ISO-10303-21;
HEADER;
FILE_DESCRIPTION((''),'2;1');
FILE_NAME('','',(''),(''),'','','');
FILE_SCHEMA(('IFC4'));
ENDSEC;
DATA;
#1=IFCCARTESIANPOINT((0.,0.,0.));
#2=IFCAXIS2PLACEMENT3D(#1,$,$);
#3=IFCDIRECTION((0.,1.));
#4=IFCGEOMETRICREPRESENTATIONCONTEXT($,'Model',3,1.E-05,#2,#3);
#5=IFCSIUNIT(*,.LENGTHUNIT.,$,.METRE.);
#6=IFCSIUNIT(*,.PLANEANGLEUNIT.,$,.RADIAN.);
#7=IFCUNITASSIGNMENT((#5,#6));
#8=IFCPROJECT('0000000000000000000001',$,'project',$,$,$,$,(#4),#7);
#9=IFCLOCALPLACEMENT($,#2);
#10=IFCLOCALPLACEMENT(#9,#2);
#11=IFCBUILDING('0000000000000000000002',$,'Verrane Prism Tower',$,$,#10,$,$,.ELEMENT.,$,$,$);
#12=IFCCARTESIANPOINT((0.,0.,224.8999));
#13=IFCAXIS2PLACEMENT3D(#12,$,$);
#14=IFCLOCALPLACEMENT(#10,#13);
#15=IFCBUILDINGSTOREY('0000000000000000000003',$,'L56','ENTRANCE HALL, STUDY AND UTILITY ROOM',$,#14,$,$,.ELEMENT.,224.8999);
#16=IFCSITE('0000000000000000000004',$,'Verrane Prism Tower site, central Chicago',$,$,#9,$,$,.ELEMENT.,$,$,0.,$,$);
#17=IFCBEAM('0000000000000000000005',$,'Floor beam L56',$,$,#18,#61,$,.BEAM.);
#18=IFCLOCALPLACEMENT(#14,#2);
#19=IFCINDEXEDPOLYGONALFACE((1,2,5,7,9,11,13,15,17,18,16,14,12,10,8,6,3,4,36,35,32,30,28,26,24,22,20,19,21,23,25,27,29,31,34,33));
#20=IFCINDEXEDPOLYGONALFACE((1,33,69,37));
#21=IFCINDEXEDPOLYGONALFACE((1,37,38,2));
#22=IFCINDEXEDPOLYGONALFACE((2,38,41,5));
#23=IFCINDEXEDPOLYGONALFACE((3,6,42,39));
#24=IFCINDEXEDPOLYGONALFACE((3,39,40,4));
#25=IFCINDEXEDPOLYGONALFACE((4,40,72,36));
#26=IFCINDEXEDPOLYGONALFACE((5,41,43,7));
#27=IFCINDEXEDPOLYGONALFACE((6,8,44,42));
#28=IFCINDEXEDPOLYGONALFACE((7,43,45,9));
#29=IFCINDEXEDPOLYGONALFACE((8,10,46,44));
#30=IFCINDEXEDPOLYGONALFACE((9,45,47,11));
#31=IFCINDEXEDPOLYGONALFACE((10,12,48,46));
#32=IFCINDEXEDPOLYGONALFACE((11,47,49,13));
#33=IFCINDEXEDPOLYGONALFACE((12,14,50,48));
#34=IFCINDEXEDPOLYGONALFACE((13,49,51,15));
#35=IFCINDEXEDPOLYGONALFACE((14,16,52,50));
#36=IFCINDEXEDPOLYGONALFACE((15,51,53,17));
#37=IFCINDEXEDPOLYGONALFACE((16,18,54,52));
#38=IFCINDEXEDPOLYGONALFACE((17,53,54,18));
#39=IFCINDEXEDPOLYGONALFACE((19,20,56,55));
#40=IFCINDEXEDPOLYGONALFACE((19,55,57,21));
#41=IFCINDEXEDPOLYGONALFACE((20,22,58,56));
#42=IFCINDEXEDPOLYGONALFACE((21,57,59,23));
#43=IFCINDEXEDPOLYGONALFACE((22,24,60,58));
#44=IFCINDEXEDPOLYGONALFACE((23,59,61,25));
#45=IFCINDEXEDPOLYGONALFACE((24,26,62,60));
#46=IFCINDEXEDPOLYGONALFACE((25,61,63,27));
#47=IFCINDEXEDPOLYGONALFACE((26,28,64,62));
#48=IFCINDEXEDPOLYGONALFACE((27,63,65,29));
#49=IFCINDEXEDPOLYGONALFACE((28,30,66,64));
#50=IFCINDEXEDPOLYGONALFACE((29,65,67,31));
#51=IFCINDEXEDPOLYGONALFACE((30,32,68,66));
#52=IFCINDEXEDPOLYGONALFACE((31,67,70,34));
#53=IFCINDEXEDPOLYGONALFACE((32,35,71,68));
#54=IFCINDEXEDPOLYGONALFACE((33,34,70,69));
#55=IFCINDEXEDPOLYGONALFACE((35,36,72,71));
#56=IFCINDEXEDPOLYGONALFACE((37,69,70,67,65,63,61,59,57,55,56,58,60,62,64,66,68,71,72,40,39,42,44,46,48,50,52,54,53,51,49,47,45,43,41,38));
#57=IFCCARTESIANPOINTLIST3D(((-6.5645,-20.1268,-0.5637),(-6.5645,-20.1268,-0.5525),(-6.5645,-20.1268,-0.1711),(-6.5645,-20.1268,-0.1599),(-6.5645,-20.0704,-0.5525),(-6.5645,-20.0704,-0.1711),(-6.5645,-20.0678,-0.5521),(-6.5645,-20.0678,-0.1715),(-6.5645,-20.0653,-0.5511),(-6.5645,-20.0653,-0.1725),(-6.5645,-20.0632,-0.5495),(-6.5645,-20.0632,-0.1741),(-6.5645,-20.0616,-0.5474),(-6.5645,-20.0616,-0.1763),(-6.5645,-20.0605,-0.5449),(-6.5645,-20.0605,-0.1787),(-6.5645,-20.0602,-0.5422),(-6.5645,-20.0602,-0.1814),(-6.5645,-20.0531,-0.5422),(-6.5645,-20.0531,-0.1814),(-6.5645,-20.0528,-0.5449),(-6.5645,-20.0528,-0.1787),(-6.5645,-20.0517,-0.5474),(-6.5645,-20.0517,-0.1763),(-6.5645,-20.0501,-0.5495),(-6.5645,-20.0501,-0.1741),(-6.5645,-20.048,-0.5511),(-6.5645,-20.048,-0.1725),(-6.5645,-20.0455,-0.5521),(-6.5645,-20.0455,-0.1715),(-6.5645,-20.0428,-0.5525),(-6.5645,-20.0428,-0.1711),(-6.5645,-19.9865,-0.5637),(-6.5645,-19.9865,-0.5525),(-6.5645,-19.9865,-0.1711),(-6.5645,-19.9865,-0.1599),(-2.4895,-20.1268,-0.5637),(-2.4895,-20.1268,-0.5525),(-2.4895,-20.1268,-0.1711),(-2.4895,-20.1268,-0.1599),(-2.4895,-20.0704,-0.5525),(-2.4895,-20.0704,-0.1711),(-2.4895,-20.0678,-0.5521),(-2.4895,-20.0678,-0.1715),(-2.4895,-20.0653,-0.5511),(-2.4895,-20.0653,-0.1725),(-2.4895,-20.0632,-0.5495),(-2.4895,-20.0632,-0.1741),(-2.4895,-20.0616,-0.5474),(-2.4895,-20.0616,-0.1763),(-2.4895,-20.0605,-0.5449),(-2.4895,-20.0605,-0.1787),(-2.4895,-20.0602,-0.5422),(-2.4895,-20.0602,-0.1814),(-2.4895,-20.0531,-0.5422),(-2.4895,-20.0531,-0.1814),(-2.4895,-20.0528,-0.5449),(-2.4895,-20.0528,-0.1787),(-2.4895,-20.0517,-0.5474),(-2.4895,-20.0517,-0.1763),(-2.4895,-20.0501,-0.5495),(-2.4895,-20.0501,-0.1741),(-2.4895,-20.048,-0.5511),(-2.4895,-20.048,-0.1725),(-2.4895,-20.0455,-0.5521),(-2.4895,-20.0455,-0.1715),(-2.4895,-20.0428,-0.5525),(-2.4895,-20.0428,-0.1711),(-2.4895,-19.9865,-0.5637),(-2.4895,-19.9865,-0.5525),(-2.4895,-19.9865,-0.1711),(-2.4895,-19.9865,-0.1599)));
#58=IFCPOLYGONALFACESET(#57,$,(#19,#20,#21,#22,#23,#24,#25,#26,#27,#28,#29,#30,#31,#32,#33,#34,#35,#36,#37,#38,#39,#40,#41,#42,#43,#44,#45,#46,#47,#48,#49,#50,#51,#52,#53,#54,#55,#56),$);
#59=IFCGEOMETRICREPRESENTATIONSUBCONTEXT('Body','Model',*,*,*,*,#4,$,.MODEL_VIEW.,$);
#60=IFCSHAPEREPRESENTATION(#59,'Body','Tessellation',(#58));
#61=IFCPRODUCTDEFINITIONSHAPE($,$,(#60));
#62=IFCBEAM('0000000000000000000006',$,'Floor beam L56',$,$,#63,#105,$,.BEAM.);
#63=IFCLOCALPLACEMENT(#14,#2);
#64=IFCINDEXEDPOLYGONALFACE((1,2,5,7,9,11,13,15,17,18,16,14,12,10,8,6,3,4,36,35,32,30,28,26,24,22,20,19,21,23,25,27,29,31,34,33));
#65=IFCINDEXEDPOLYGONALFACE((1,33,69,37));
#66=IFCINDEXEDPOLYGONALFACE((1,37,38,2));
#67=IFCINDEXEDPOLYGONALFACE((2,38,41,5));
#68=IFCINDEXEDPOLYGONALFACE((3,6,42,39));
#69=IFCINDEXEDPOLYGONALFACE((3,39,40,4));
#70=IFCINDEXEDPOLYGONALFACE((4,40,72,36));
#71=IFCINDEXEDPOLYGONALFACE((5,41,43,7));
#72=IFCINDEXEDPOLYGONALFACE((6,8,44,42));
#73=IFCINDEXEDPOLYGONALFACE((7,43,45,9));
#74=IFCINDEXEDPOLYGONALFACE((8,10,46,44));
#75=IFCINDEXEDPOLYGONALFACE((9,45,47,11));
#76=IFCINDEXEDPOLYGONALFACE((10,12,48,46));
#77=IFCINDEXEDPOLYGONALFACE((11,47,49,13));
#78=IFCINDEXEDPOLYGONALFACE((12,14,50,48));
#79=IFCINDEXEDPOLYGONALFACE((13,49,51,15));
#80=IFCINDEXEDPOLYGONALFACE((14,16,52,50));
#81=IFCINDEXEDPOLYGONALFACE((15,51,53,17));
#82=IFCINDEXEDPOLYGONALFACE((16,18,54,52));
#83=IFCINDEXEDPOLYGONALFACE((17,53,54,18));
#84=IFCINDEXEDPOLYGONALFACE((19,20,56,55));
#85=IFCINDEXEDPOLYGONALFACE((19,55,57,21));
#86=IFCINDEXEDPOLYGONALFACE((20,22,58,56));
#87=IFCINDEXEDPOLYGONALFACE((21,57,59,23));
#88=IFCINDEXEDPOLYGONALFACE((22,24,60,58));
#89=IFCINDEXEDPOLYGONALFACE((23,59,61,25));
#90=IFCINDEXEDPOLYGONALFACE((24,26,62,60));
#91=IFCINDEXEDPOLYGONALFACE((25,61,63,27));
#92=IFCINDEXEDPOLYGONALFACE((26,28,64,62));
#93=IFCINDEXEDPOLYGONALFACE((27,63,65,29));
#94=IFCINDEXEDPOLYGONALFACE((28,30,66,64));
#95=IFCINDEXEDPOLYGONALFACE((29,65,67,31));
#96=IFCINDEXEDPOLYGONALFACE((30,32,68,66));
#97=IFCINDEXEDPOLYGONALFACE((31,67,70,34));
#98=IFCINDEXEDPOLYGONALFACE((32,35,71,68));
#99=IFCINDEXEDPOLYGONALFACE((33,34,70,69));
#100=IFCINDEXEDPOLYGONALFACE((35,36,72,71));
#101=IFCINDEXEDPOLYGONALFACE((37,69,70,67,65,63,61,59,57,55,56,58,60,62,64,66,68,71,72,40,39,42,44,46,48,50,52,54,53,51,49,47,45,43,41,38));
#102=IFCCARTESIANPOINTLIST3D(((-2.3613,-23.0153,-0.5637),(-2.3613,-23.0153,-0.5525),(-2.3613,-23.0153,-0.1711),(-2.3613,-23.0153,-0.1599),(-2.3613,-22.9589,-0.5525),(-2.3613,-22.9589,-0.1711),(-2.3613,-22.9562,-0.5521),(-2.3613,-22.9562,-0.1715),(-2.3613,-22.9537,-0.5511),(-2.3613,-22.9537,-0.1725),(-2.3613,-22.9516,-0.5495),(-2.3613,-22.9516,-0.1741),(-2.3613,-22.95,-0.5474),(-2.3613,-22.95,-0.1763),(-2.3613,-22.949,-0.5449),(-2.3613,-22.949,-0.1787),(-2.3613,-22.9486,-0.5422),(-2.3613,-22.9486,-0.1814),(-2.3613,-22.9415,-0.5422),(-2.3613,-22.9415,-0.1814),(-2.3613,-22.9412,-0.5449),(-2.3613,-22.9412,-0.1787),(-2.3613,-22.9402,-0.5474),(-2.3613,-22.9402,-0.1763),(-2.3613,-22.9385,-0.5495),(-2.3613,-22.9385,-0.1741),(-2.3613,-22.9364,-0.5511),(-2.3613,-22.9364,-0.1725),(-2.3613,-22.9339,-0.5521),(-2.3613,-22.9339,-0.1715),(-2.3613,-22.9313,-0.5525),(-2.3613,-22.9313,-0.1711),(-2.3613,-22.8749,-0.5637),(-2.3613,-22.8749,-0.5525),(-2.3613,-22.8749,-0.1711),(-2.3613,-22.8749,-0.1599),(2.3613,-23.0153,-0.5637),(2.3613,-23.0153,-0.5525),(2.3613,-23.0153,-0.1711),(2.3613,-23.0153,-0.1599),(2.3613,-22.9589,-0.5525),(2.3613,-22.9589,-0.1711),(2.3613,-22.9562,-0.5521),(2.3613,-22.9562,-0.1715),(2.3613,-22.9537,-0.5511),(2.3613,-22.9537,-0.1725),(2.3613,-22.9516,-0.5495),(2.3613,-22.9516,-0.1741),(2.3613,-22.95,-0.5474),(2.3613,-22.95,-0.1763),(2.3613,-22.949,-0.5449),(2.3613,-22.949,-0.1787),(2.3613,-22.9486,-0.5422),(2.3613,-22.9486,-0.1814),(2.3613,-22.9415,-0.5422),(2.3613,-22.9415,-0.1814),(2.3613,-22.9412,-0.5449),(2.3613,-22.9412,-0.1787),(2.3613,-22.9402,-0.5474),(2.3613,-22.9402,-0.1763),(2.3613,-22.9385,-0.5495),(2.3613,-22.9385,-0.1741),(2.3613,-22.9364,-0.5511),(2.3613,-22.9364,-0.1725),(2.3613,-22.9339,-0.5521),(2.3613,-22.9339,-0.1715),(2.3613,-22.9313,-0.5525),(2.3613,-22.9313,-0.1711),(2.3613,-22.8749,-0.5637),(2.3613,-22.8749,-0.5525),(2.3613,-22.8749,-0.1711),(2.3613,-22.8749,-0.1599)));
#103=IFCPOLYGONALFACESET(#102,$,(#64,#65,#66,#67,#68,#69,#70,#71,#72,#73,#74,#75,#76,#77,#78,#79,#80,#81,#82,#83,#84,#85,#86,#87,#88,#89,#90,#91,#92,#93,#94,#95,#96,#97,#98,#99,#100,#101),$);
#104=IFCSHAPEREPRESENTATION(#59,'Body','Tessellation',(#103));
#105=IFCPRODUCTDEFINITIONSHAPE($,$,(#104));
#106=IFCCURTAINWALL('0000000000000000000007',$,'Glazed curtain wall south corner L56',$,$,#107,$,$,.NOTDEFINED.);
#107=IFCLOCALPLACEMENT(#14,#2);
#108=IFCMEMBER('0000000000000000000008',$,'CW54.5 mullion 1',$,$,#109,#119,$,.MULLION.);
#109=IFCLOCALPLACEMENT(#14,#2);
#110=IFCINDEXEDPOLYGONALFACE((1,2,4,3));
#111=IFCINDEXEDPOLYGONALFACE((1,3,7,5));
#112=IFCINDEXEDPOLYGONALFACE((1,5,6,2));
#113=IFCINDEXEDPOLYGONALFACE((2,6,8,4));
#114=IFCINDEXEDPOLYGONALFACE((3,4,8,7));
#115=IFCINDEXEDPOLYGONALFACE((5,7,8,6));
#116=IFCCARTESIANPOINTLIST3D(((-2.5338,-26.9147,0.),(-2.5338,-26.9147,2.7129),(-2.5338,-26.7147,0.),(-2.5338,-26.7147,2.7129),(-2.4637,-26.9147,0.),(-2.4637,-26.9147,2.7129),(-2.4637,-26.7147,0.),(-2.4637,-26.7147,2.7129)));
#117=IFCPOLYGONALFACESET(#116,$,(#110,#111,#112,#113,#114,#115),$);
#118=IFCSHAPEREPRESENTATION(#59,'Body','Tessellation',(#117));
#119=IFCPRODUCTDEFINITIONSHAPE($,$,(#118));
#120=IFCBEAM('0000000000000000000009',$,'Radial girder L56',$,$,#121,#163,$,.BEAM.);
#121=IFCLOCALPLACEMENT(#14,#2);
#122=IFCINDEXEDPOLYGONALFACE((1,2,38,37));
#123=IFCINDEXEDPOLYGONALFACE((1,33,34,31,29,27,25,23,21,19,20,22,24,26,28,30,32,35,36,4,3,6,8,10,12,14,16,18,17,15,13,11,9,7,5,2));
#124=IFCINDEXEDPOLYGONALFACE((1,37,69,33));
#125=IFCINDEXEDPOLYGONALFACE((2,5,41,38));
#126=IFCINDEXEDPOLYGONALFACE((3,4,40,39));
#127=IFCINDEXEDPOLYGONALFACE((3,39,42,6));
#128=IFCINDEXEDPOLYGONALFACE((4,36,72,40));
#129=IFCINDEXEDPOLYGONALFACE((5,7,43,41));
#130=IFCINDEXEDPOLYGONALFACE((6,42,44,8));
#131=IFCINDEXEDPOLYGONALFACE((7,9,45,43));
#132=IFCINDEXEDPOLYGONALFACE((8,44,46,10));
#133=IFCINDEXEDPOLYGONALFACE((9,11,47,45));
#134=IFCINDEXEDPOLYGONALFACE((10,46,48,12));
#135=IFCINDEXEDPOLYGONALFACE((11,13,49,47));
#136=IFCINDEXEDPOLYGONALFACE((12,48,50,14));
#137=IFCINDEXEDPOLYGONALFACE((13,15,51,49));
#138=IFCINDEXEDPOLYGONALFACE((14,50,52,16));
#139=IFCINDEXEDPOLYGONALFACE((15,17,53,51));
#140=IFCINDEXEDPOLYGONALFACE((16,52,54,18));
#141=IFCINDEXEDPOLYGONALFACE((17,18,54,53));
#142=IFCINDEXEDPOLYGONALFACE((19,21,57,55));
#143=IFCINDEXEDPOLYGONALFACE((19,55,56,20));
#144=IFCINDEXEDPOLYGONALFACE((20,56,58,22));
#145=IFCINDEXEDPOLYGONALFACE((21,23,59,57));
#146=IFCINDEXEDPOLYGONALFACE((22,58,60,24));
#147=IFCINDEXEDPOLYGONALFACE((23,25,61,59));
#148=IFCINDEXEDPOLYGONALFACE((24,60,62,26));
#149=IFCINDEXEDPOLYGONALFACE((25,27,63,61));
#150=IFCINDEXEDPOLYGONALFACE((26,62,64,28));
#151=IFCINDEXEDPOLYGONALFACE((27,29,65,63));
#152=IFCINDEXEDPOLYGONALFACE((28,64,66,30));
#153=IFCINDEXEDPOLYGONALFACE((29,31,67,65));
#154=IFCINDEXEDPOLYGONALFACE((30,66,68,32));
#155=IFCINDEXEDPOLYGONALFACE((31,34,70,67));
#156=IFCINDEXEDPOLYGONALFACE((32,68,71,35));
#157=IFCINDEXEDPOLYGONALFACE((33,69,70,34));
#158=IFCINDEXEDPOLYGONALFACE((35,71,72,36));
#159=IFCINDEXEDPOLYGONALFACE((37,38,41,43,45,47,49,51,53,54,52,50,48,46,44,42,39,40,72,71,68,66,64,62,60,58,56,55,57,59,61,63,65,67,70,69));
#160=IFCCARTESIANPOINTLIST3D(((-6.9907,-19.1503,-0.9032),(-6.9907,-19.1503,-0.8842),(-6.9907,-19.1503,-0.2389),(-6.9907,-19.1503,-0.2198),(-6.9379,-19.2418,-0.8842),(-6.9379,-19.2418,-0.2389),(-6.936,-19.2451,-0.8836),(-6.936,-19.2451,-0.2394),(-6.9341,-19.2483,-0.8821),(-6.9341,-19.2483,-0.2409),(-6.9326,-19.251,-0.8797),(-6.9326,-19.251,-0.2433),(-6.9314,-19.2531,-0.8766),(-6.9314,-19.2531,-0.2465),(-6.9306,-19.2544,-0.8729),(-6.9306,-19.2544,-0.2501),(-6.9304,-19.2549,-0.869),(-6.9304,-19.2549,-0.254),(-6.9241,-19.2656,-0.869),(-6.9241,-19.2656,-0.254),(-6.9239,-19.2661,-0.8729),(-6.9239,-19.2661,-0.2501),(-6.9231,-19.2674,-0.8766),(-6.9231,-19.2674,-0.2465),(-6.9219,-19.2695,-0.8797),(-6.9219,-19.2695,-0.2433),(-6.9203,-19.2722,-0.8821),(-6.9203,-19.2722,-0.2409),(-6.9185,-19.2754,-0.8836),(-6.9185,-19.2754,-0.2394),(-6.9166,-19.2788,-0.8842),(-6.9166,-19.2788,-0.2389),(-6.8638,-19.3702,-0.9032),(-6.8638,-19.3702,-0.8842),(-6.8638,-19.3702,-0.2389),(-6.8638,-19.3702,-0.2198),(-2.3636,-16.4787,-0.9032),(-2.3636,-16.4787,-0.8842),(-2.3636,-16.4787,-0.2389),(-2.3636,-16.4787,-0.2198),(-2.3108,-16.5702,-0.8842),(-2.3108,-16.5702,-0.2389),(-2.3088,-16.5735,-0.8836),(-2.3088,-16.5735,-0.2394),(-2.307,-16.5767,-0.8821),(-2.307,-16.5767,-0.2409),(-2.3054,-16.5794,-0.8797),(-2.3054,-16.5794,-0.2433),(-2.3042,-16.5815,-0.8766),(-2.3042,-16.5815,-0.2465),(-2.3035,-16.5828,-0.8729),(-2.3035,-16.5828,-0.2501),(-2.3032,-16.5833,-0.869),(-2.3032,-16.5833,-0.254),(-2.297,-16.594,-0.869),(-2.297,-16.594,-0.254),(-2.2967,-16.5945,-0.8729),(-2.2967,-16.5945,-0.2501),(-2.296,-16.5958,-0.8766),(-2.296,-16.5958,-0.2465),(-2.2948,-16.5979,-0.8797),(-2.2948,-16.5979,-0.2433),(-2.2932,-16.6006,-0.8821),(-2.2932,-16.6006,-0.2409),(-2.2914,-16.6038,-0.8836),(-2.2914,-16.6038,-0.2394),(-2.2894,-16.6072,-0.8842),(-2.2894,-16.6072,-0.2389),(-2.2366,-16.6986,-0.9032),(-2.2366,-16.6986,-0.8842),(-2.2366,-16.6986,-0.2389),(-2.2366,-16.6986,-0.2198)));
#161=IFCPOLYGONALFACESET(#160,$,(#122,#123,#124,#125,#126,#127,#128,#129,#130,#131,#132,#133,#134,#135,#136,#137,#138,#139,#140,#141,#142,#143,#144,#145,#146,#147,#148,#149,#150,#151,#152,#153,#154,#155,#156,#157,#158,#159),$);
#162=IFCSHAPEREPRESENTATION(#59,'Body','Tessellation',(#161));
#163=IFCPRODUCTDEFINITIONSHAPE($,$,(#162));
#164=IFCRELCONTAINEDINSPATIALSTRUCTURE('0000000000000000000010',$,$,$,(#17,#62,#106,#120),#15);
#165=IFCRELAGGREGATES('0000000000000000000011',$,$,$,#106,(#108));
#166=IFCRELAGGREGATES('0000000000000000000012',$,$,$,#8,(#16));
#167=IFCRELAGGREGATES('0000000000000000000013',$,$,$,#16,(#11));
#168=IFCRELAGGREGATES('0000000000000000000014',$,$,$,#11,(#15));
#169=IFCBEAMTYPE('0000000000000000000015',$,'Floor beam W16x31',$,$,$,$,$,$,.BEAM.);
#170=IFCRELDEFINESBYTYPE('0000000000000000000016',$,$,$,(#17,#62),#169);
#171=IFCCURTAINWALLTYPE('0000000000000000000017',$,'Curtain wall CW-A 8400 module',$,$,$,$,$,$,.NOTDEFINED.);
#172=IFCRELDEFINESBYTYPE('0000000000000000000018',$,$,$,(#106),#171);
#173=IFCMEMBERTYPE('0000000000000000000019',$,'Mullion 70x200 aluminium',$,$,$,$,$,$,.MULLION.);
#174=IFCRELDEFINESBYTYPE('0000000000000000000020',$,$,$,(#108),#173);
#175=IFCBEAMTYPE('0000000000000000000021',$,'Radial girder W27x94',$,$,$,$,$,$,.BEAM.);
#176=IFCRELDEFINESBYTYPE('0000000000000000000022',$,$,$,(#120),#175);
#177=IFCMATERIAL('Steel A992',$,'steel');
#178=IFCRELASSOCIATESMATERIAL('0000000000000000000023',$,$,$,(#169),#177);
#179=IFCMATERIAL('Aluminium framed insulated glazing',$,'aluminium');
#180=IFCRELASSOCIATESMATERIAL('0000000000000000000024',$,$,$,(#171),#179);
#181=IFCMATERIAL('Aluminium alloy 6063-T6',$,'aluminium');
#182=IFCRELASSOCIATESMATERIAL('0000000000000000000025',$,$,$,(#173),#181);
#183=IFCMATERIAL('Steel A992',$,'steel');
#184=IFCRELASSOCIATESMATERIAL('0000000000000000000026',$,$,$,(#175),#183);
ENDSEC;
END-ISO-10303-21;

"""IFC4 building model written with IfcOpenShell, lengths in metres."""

from ifc_helpers import new_model, si_unit, direction, frame, origin, origin_2d, place, context, subcontext, project, spatial, rectangle, i_section, extrude, material, material_profile, profile_set, type_object, element, aggregate, save


model = new_model("IFC4")

# Units and contexts
model_context = context("Model", 3, precision=1e-05, world=origin(), true_north=direction((0.0, 1.0)))
body_context = subcontext(model_context, "Body", "Model", "MODEL_VIEW")
ifc_project = project(units=[si_unit("LENGTHUNIT", "METRE"), si_unit("PLANEANGLEUNIT", "RADIAN")], contexts=[model_context])

# Site, building, storey
site_placement = place(None, origin())
site = spatial("IfcSite", under=ifc_project, at=site_placement, Name="Verrane Prism Tower site, central Chicago", CompositionType="ELEMENT", RefElevation=0.0)
building_placement = place(site_placement, origin())
building = spatial("IfcBuilding", under=site, at=building_placement, Name="Verrane Prism Tower", CompositionType="ELEMENT")
storey_placement = place(building_placement, frame((0.0, 0.0, 224.8999)))
storey = spatial("IfcBuildingStorey", under=building, at=storey_placement, Name="L56", Description="ENTRANCE HALL, STUDY AND UTILITY ROOM", CompositionType="ELEMENT", Elevation=224.8999)

# Beams
ifc_material_1 = material(Name="Steel A992", Category="steel")
ifc_material_profile_1 = material_profile(ifc_material_1, i_section(OverallWidth=0.1404, OverallDepth=0.4038, WebThickness=0.0071, FlangeThickness=0.0112, FilletRadius=0.0103, at=origin_2d()), Name="W16x31")
ifc_profile_set_1 = profile_set([ifc_material_profile_1], Name="Steel A992")
beam_type_1 = type_object("IfcBeamType", Name="Floor beam W16x31", PredefinedType="BEAM", material=ifc_profile_set_1)
beam_1_placement = place(storey_placement, frame((-6.5645, -20.0566, -0.3618), z_axis=(1.0, 0.0, 0.0), x_axis=(0.0, 1.0, 0.0)))
element("IfcBeam", 1, at=beam_1_placement, inside=storey, type_object=beam_type_1, Name="Floor beam L56", PredefinedType="BEAM", context=body_context, shape_type="SweptSolid", body=[
    extrude(i_section(OverallWidth=0.1404, OverallDepth=0.4038, WebThickness=0.0071, FlangeThickness=0.0112, FilletRadius=0.0103, at=origin_2d()), origin(), (0.0, 0.0, 1.0), 4.075),
])
beam_2_placement = place(storey_placement, frame((-2.3613, -22.9451, -0.3618), z_axis=(1.0, 0.0, 0.0), x_axis=(0.0, 1.0, 0.0)))
element("IfcBeam", 2, at=beam_2_placement, inside=storey, type_object=beam_type_1, Name="Floor beam L56", PredefinedType="BEAM", context=body_context, shape_type="SweptSolid", body=[
    extrude(i_section(OverallWidth=0.1404, OverallDepth=0.4038, WebThickness=0.0071, FlangeThickness=0.0112, FilletRadius=0.0103, at=origin_2d()), origin(), (0.0, 0.0, 1.0), 4.7227),
])

# Curtain wall, member
ifc_material_2 = material(Name="Aluminium framed insulated glazing", Category="aluminium")
curtain_wall_type = type_object("IfcCurtainWallType", Name="Curtain wall CW-A 8400 module", PredefinedType="NOTDEFINED", material=ifc_material_2)
curtain_wall_1_placement = place(storey_placement, origin())
curtain_wall_1 = element("IfcCurtainWall", 3, at=curtain_wall_1_placement, inside=storey, type_object=curtain_wall_type, Name="Glazed curtain wall south corner L56", PredefinedType="NOTDEFINED")
ifc_material_3 = material(Name="Aluminium alloy 6063-T6", Category="aluminium")
ifc_material_profile_2 = material_profile(ifc_material_3, rectangle(XDim=0.2, YDim=0.0701, at=origin_2d()), Name="Mullion 70x200 aluminium")
ifc_profile_set_2 = profile_set([ifc_material_profile_2], Name="Aluminium alloy 6063-T6")
member_type_1 = type_object("IfcMemberType", Name="Mullion 70x200 aluminium", PredefinedType="MULLION", material=ifc_profile_set_2)
member_1_placement = place(storey_placement, frame((-2.4988, -26.8147, 0.0), z_axis=(0.0, 0.0, 1.0), x_axis=(0.0, 1.0, 0.0)))
member_1 = element("IfcMember", 4, at=member_1_placement, type_object=member_type_1, Name="CW54.5 mullion 1", PredefinedType="MULLION", context=body_context, shape_type="SweptSolid", body=[
    extrude(rectangle(XDim=0.2, YDim=0.0701, at=origin_2d()), origin(), (0.0, 0.0, 1.0), 2.7129),
])

# Beam
ifc_material_4 = material(Name="Steel A992", Category="steel")
ifc_material_profile_3 = material_profile(ifc_material_4, i_section(OverallWidth=0.2539, OverallDepth=0.6833, WebThickness=0.0125, FlangeThickness=0.019, FilletRadius=0.0151, at=origin_2d()), Name="W27x94")
ifc_profile_set_3 = profile_set([ifc_material_profile_3], Name="Steel A992")
beam_type_2 = type_object("IfcBeamType", Name="Radial girder W27x94", PredefinedType="BEAM", material=ifc_profile_set_3)
beam_3_placement = place(storey_placement, frame((-6.9272, -19.2603, -0.5615), z_axis=(0.866016, 0.500016, 0.0), x_axis=(-0.500016, 0.866016, 0.0)))
element("IfcBeam", 5, at=beam_3_placement, inside=storey, type_object=beam_type_2, Name="Radial girder L56", PredefinedType="BEAM", context=body_context, shape_type="SweptSolid", body=[
    extrude(i_section(OverallWidth=0.2539, OverallDepth=0.6833, WebThickness=0.0125, FlangeThickness=0.019, FilletRadius=0.0151, at=origin_2d()), origin(), (0.0, 0.0, 1.0), 5.343),
])

aggregate(curtain_wall_1, [member_1])

save(model, "model.ifc")
